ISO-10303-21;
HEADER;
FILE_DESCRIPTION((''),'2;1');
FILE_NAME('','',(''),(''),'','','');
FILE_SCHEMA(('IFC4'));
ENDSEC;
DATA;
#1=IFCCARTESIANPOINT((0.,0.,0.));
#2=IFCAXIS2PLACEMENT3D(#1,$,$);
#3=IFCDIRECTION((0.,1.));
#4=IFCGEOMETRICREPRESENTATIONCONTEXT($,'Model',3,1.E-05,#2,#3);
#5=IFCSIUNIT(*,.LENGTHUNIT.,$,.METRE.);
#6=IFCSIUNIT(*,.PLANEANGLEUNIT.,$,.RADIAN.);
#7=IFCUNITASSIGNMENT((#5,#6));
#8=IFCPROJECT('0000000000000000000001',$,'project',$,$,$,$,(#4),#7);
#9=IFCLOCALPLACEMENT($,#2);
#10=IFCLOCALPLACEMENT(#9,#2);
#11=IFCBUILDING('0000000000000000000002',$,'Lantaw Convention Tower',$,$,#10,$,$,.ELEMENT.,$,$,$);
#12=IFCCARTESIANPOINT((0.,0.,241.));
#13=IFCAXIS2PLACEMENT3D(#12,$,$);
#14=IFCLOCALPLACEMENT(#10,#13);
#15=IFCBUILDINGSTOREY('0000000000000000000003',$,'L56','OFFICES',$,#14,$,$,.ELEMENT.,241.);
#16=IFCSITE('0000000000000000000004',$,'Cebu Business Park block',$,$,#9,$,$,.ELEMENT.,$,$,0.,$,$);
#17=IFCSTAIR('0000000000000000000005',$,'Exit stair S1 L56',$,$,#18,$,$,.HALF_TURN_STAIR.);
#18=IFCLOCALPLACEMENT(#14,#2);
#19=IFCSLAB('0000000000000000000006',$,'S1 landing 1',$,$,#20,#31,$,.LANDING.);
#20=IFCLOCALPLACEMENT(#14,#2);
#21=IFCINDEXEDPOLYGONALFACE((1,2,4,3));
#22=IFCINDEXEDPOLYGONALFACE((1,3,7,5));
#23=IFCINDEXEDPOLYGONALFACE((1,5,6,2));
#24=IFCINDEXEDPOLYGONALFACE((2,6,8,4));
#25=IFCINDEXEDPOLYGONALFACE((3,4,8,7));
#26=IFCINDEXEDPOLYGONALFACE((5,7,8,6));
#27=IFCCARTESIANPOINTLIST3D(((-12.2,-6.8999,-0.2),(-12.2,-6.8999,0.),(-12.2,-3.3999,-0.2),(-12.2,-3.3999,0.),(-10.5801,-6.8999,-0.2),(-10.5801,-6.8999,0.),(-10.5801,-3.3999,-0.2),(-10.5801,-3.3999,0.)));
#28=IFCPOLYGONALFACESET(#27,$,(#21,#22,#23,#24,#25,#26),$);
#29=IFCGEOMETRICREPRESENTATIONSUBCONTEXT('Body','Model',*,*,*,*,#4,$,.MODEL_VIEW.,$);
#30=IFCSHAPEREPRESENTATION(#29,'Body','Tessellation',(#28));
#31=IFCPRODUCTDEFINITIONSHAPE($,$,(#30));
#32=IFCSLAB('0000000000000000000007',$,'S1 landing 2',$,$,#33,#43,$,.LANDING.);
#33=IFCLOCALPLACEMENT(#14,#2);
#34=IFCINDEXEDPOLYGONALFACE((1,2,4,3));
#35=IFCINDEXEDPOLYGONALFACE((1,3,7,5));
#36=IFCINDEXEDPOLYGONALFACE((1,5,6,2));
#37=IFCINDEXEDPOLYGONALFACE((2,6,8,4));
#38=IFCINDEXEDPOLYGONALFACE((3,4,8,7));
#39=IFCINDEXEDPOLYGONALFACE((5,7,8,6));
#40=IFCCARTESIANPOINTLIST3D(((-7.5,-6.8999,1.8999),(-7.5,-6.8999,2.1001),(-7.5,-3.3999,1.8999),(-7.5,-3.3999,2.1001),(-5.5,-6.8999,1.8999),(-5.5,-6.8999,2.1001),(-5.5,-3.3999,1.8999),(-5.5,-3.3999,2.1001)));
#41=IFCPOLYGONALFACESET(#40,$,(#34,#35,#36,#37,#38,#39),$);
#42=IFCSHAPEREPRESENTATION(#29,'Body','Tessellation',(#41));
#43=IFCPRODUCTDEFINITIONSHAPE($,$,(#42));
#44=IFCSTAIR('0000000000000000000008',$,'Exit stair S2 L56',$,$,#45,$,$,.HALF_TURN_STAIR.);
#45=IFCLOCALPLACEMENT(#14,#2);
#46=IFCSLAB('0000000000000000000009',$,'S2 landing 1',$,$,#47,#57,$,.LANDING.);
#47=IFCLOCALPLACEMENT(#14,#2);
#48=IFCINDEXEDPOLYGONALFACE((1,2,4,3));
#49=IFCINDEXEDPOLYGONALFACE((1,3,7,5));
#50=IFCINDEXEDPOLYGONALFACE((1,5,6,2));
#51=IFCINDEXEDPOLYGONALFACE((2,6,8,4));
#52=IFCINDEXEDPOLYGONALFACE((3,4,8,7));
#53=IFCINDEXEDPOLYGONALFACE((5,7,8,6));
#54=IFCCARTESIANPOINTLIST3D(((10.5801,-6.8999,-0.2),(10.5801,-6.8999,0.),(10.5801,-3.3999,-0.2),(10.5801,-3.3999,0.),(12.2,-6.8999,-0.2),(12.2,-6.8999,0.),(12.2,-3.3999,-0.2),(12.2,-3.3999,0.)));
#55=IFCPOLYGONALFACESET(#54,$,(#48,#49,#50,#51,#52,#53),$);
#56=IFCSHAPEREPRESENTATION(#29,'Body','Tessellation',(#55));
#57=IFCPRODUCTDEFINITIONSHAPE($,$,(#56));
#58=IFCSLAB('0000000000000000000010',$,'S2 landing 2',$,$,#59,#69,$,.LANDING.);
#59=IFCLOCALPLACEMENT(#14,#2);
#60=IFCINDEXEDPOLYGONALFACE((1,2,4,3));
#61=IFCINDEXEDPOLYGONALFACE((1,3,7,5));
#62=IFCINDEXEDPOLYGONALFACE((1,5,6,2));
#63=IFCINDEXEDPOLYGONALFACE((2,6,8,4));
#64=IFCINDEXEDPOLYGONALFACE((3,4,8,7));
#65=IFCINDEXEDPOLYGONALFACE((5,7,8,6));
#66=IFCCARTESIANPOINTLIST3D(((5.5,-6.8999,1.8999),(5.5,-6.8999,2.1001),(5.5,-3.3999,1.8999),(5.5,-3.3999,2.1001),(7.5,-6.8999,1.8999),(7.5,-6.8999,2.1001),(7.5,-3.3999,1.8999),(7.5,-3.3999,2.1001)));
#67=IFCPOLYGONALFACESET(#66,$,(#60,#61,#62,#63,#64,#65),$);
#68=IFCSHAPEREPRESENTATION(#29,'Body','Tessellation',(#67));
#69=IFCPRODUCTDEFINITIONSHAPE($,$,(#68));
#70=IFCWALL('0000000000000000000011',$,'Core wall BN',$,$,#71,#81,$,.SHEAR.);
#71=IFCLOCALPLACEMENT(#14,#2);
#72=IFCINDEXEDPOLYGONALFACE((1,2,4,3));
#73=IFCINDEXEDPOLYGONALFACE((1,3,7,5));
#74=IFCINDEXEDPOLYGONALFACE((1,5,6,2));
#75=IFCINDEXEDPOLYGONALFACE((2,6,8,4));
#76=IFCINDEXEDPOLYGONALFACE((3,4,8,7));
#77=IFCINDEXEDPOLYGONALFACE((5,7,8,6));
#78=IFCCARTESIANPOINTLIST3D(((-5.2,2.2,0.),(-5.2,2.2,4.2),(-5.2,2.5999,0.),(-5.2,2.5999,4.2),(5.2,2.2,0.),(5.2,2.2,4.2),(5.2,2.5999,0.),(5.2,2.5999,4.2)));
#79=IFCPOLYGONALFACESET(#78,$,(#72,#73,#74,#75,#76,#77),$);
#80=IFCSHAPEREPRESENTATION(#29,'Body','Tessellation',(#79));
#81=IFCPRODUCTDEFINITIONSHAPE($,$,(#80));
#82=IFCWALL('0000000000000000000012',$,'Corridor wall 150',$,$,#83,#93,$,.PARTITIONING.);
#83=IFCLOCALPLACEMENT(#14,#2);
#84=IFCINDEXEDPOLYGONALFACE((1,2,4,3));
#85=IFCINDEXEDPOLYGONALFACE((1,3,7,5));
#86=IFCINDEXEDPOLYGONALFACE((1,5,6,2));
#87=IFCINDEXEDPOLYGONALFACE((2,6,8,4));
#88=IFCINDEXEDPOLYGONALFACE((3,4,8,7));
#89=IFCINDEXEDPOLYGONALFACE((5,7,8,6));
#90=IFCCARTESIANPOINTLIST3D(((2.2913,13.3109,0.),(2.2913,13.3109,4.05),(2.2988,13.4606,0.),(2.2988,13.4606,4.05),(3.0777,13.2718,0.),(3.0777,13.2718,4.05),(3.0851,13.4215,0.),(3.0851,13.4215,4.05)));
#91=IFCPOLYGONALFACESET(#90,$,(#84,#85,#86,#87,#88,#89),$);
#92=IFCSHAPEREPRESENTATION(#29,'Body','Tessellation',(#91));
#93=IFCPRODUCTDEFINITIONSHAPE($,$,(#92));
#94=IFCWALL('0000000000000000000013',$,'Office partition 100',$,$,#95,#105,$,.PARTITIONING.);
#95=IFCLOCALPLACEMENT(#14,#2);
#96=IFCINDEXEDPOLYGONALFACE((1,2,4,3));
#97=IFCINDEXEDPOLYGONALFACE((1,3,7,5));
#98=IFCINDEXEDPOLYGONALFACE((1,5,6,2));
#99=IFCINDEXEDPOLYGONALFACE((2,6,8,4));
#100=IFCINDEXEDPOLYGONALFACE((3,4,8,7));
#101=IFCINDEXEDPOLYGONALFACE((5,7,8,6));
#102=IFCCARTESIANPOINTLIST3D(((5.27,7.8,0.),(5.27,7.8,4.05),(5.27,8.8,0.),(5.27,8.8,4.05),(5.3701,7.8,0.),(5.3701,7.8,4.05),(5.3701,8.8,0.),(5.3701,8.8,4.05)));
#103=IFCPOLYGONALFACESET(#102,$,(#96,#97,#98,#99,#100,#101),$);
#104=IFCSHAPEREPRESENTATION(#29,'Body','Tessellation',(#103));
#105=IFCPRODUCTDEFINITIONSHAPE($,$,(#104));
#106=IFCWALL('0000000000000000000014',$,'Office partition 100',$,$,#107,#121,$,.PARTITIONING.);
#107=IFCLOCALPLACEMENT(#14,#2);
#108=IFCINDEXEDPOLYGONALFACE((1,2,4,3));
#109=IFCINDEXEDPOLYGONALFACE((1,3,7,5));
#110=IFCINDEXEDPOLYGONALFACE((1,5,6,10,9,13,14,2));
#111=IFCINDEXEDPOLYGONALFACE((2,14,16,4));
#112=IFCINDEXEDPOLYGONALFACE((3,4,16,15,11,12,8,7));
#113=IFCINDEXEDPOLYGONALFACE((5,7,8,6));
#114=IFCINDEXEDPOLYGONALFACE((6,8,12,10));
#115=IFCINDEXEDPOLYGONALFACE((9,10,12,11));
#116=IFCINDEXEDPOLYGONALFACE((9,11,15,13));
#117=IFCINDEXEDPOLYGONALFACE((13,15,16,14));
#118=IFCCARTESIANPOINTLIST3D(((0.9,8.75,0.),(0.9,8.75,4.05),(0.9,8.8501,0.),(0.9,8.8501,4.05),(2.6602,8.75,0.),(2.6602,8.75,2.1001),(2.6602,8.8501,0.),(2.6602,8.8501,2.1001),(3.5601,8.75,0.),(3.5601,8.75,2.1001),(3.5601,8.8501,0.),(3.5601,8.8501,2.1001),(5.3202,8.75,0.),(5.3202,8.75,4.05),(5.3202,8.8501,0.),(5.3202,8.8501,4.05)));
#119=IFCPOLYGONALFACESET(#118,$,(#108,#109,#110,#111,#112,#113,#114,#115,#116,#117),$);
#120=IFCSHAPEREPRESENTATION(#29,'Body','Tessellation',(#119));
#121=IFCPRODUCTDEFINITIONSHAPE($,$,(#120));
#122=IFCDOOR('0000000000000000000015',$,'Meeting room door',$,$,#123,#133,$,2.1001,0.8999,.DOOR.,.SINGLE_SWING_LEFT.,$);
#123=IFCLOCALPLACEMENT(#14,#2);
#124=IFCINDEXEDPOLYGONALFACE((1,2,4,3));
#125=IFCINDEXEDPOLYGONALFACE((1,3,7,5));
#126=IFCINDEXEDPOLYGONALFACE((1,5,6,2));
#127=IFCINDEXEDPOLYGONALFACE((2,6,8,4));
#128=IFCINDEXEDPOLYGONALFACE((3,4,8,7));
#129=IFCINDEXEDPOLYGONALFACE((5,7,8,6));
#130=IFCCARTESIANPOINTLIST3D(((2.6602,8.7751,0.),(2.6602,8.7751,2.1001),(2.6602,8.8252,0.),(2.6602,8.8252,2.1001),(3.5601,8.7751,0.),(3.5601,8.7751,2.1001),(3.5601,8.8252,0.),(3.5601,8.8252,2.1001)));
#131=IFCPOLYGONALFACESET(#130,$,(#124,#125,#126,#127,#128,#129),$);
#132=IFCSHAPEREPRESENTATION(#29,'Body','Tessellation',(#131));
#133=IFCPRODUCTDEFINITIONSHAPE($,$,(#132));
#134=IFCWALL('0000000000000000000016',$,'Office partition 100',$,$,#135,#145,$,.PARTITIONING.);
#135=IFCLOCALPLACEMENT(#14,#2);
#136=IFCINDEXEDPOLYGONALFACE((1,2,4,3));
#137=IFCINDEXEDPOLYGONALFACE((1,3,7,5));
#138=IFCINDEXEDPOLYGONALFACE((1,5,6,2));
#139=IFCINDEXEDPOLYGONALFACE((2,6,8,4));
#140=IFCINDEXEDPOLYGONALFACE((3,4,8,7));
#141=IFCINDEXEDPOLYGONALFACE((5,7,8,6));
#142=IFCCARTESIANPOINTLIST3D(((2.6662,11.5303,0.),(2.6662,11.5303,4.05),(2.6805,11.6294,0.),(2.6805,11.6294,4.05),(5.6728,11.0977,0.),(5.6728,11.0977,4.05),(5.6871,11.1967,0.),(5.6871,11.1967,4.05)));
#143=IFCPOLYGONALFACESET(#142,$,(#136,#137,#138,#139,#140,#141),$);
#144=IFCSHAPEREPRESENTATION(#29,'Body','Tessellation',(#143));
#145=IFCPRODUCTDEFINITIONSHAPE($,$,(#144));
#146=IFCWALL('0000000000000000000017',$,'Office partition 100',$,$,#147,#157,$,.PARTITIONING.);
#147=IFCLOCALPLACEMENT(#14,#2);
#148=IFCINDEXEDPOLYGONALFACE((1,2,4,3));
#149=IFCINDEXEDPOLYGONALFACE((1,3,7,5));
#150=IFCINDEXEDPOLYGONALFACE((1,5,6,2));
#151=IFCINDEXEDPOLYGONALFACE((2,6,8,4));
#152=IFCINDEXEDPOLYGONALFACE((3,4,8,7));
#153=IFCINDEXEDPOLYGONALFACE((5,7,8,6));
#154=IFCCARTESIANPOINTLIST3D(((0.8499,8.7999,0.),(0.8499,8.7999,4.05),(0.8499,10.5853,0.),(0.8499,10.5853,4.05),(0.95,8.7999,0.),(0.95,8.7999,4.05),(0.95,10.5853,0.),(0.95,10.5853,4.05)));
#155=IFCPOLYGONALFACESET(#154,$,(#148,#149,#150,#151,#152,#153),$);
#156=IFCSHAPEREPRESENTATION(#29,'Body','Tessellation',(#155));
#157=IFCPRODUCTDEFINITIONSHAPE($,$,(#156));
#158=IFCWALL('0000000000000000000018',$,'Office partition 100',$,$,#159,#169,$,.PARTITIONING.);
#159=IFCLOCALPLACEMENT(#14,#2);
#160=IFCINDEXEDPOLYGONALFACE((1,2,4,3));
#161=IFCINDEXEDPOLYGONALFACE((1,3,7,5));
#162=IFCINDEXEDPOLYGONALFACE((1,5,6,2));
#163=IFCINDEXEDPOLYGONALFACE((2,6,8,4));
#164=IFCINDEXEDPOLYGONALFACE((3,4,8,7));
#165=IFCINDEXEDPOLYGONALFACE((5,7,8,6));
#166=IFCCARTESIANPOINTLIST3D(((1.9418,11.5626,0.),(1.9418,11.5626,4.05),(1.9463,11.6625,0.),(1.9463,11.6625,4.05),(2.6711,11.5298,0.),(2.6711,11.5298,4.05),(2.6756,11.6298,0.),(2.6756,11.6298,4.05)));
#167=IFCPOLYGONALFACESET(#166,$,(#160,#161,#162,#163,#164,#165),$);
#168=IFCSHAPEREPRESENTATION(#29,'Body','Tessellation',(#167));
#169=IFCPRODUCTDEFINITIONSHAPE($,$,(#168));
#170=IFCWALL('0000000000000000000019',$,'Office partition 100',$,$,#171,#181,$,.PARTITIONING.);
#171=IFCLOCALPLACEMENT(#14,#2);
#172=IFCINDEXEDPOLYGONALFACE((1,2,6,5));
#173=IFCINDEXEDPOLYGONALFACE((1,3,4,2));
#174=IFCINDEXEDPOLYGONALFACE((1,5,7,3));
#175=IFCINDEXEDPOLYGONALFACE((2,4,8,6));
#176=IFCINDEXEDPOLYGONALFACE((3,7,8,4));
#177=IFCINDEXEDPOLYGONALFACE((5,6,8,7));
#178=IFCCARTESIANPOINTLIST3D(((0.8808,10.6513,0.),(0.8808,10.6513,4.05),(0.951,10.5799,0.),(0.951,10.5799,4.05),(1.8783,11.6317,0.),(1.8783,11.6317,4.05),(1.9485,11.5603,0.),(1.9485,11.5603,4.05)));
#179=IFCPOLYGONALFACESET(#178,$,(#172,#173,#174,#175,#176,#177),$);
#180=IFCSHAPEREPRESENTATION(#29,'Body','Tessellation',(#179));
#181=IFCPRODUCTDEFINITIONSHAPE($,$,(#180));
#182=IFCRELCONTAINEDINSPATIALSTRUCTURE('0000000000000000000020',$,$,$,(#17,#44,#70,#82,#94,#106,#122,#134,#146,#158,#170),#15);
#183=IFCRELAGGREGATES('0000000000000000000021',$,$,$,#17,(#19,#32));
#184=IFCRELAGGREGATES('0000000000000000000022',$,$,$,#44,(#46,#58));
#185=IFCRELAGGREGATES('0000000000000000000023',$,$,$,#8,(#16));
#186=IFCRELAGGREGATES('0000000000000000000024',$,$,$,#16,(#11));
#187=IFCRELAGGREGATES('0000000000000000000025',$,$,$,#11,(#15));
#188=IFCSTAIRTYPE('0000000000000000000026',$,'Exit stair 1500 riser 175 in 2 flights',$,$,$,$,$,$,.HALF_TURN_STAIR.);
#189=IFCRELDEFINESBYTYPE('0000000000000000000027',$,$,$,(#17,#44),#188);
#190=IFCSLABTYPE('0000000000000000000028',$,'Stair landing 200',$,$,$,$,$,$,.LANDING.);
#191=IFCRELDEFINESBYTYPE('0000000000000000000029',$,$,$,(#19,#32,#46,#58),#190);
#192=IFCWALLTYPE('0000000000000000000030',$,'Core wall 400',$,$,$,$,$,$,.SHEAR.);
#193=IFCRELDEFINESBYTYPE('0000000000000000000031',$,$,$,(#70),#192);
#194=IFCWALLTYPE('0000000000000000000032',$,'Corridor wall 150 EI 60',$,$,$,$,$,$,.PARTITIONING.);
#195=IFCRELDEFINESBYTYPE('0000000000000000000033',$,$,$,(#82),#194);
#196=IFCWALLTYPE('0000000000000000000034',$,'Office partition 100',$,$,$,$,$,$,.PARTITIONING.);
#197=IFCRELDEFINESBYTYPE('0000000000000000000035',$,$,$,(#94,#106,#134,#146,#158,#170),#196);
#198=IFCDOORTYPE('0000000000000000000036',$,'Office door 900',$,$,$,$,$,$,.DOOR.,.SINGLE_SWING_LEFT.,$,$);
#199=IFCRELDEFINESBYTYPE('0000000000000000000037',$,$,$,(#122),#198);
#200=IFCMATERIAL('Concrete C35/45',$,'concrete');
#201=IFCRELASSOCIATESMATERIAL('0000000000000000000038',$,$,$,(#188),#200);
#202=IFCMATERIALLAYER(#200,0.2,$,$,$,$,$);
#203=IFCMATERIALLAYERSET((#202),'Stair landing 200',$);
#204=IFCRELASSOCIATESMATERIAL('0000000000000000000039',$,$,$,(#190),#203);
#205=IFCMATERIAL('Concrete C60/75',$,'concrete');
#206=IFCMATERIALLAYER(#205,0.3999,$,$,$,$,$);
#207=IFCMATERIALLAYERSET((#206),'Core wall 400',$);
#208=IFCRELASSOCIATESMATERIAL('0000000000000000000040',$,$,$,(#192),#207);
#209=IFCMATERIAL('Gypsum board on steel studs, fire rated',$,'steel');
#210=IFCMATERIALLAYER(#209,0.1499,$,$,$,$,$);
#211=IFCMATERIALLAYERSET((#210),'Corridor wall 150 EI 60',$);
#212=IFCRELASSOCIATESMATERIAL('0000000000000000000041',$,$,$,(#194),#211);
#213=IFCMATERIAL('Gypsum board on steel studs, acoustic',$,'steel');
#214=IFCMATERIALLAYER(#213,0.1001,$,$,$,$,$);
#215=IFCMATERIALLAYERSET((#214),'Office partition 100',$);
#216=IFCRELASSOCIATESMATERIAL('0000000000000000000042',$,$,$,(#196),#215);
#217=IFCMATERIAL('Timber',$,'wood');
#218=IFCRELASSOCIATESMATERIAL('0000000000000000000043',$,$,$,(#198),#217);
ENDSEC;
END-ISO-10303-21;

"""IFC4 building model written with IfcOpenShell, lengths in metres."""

from ifc_helpers import new_model, si_unit, direction, frame, frame_2d, origin, place, context, subcontext, project, spatial, polyline, rectangle, outline, extrude, material, layer, layer_set, type_object, element, fill, aggregate, save


model = new_model("IFC4")

# Units and contexts
model_context = context("Model", 3, precision=1e-05, world=origin(), true_north=direction((0.0, 1.0)))
body_context = subcontext(model_context, "Body", "Model", "MODEL_VIEW")
ifc_project = project(units=[si_unit("LENGTHUNIT", "METRE"), si_unit("PLANEANGLEUNIT", "RADIAN")], contexts=[model_context])

# Site, building, storey
site_placement = place(None, origin())
site = spatial("IfcSite", under=ifc_project, at=site_placement, Name="Cebu Business Park block", CompositionType="ELEMENT", RefElevation=0.0)
building_placement = place(site_placement, origin())
building = spatial("IfcBuilding", under=site, at=building_placement, Name="Lantaw Convention Tower", CompositionType="ELEMENT")
storey_placement = place(building_placement, frame((0.0, 0.0, 241.0)))
storey = spatial("IfcBuildingStorey", under=building, at=storey_placement, Name="L56", Description="OFFICES", CompositionType="ELEMENT", Elevation=241.0)

# Stairs, slabs
ifc_material_1 = material(Name="Concrete C35/45", Category="concrete")
stair_type = type_object("IfcStairType", Name="Exit stair 1500 riser 175 in 2 flights", PredefinedType="HALF_TURN_STAIR", material=ifc_material_1)
stair_1_placement = place(storey_placement, origin())
stair_1 = element("IfcStair", 1, at=stair_1_placement, inside=storey, type_object=stair_type, Name="Exit stair S1 L56", PredefinedType="HALF_TURN_STAIR")
ifc_layer_1 = layer(ifc_material_1, 0.2)
ifc_layer_set_1 = layer_set([ifc_layer_1], Name="Stair landing 200")
slab_type = type_object("IfcSlabType", Name="Stair landing 200", PredefinedType="LANDING", material=ifc_layer_set_1)
slab_1_placement = place(storey_placement, frame((0.0, 0.0, -0.2)))
slab_1 = element("IfcSlab", 2, at=slab_1_placement, type_object=slab_type, Name="S1 landing 1", PredefinedType="LANDING", context=body_context, shape_type="SweptSolid", body=[
    extrude(outline(polyline([(-12.2, -6.8999), (-10.5801, -6.8999), (-10.5801, -3.3999), (-12.2, -3.3999), (-12.2, -6.8999)])), origin(), (0.0, 0.0, 1.0), 0.2),
])
slab_2_placement = place(storey_placement, frame((0.0, 0.0, 1.8999)))
slab_2 = element("IfcSlab", 3, at=slab_2_placement, type_object=slab_type, Name="S1 landing 2", PredefinedType="LANDING", context=body_context, shape_type="SweptSolid", body=[
    extrude(outline(polyline([(-7.5, -6.8999), (-5.5, -6.8999), (-5.5, -3.3999), (-7.5, -3.3999), (-7.5, -6.8999)])), origin(), (0.0, 0.0, 1.0), 0.2002),
])
aggregate(stair_1, [slab_1, slab_2])
stair_2_placement = place(storey_placement, origin())
stair_2 = element("IfcStair", 4, at=stair_2_placement, inside=storey, type_object=stair_type, Name="Exit stair S2 L56", PredefinedType="HALF_TURN_STAIR")
slab_3_placement = place(storey_placement, frame((0.0, 0.0, -0.2)))
slab_3 = element("IfcSlab", 5, at=slab_3_placement, type_object=slab_type, Name="S2 landing 1", PredefinedType="LANDING", context=body_context, shape_type="SweptSolid", body=[
    extrude(outline(polyline([(10.5801, -6.8999), (12.2, -6.8999), (12.2, -3.3999), (10.5801, -3.3999), (10.5801, -6.8999)])), origin(), (0.0, 0.0, 1.0), 0.2),
])
slab_4_placement = place(storey_placement, frame((0.0, 0.0, 1.8999)))
slab_4 = element("IfcSlab", 6, at=slab_4_placement, type_object=slab_type, Name="S2 landing 2", PredefinedType="LANDING", context=body_context, shape_type="SweptSolid", body=[
    extrude(outline(polyline([(5.5, -6.8999), (7.5, -6.8999), (7.5, -3.3999), (5.5, -3.3999), (5.5, -6.8999)])), origin(), (0.0, 0.0, 1.0), 0.2002),
])
aggregate(stair_2, [slab_3, slab_4])

# Walls
ifc_material_2 = material(Name="Concrete C60/75", Category="concrete")
ifc_layer_2 = layer(ifc_material_2, 0.3999)
ifc_layer_set_2 = layer_set([ifc_layer_2], Name="Core wall 400")
wall_type_1 = type_object("IfcWallType", Name="Core wall 400", PredefinedType="SHEAR", material=ifc_layer_set_2)
wall_1_placement = place(storey_placement, frame((5.2, 2.3999, 0.0), z_axis=(0.0, 0.0, 1.0), x_axis=(-1.0, 0.0, 0.0)))
element("IfcWall", 7, at=wall_1_placement, inside=storey, type_object=wall_type_1, Name="Core wall BN", PredefinedType="SHEAR", context=body_context, shape_type="SweptSolid", body=[
    extrude(rectangle(XDim=10.3999, YDim=0.3999, at=frame_2d((5.2, 0.0))), origin(), (0.0, 0.0, 1.0), 4.2),
])
ifc_material_3 = material(Name="Gypsum board on steel studs, fire rated", Category="steel")
ifc_layer_3 = layer(ifc_material_3, 0.1499)
ifc_layer_set_3 = layer_set([ifc_layer_3], Name="Corridor wall 150 EI 60")
wall_type_2 = type_object("IfcWallType", Name="Corridor wall 150 EI 60", PredefinedType="PARTITIONING", material=ifc_layer_set_3)
wall_2_placement = place(storey_placement, frame((3.0813, 13.3467, 0.0), z_axis=(0.0, 0.0, 1.0), x_axis=(-0.998769, 0.049613, 0.0)))
element("IfcWall", 8, at=wall_2_placement, inside=storey, type_object=wall_type_2, Name="Corridor wall 150", PredefinedType="PARTITIONING", context=body_context, shape_type="SweptSolid", body=[
    extrude(rectangle(XDim=0.7874, YDim=0.1499, at=frame_2d((0.3936, 0.0))), origin(), (0.0, 0.0, 1.0), 4.05),
])
ifc_material_4 = material(Name="Gypsum board on steel studs, acoustic", Category="steel")
ifc_layer_4 = layer(ifc_material_4, 0.1001)
ifc_layer_set_4 = layer_set([ifc_layer_4], Name="Office partition 100")
wall_type_3 = type_object("IfcWallType", Name="Office partition 100", PredefinedType="PARTITIONING", material=ifc_layer_set_4)
wall_3_placement = place(storey_placement, frame((5.3201, 7.8, 0.0), z_axis=(0.0, 0.0, 1.0), x_axis=(0.0, 1.0, 0.0)))
element("IfcWall", 9, at=wall_3_placement, inside=storey, type_object=wall_type_3, Name="Office partition 100", PredefinedType="PARTITIONING", context=body_context, shape_type="SweptSolid", body=[
    extrude(rectangle(XDim=1.0, YDim=0.1001, at=frame_2d((0.5, 0.0))), origin(), (0.0, 0.0, 1.0), 4.05),
])

# Wall, opening, door
wall_4_placement = place(storey_placement, frame((5.3201, 8.8, 0.0), z_axis=(0.0, 0.0, 1.0), x_axis=(-1.0, 0.0, 0.0)))
wall_4 = element("IfcWall", 10, at=wall_4_placement, inside=storey, type_object=wall_type_3, Name="Office partition 100", PredefinedType="PARTITIONING", context=body_context, shape_type="SweptSolid", body=[
    extrude(rectangle(XDim=4.4202, YDim=0.1001, at=frame_2d((2.21, 0.0))), origin(), (0.0, 0.0, 1.0), 4.05),
])
opening_placement = place(wall_4_placement, frame((1.76, 0.0, 0.0)))
opening = element("IfcOpeningElement", 11, at=opening_placement, cuts=wall_4, PredefinedType="OPENING", context=body_context, shape_type="SweptSolid", body=[
    extrude(rectangle(XDim=0.8999, YDim=2.1001, at=frame_2d((0.45, 1.05))), frame((0.0, 0.0601, 0.0), z_axis=(0.0, -1.0, 0.0), x_axis=(1.0, 0.0, 0.0)), (0.0, 0.0, 1.0), 0.1201),
])
ifc_material_5 = material(Name="Timber", Category="wood")
door_type = type_object("IfcDoorType", Name="Office door 900", OperationType="SINGLE_SWING_LEFT", PredefinedType="DOOR", material=ifc_material_5)
door_placement = place(opening_placement, origin())
door = element("IfcDoor", 12, at=door_placement, inside=storey, type_object=door_type, Name="Meeting room door", OperationType="SINGLE_SWING_LEFT", OverallHeight=2.1001, OverallWidth=0.8999, PredefinedType="DOOR", context=body_context, shape_type="SweptSolid", body=[
    extrude(rectangle(XDim=0.8999, YDim=2.1001, at=frame_2d((0.45, 1.05))), frame((0.0, 0.0249, 0.0), z_axis=(0.0, -1.0, 0.0), x_axis=(1.0, 0.0, 0.0)), (0.0, 0.0, 1.0), 0.05),
])
fill(opening, door)

# Walls
wall_5_placement = place(storey_placement, frame((2.6733, 11.5798, 0.0), z_axis=(0.0, 0.0, 1.0), x_axis=(0.989806, -0.142423, 0.0)))
element("IfcWall", 13, at=wall_5_placement, inside=storey, type_object=wall_type_3, Name="Office partition 100", PredefinedType="PARTITIONING", context=body_context, shape_type="SweptSolid", body=[
    extrude(rectangle(XDim=3.0376, YDim=0.1001, at=frame_2d((1.5188, 0.0))), origin(), (0.0, 0.0, 1.0), 4.05),
])
wall_6_placement = place(storey_placement, frame((0.8999, 8.8, 0.0), z_axis=(0.0, 0.0, 1.0), x_axis=(0.0, 1.0, 0.0)))
element("IfcWall", 14, at=wall_6_placement, inside=storey, type_object=wall_type_3, Name="Office partition 100", PredefinedType="PARTITIONING", context=body_context, shape_type="SweptSolid", body=[
    extrude(rectangle(XDim=1.7854, YDim=0.1001, at=frame_2d((0.8926, 0.0))), origin(), (0.0, 0.0, 1.0), 4.05),
])
wall_7_placement = place(storey_placement, frame((1.9441, 11.6125, 0.0), z_axis=(0.0, 0.0, 1.0), x_axis=(0.998995, -0.044816, 0.0)))
element("IfcWall", 15, at=wall_7_placement, inside=storey, type_object=wall_type_3, Name="Office partition 100", PredefinedType="PARTITIONING", context=body_context, shape_type="SweptSolid", body=[
    extrude(rectangle(XDim=0.73, YDim=0.1001, at=frame_2d((0.365, 0.0))), origin(), (0.0, 0.0, 1.0), 4.05),
])
wall_8_placement = place(storey_placement, frame((1.9133, 11.5959, 0.0), z_axis=(0.0, 0.0, 1.0), x_axis=(-0.713189, -0.700971, 0.0)))
element("IfcWall", 16, at=wall_8_placement, inside=storey, type_object=wall_type_3, Name="Office partition 100", PredefinedType="PARTITIONING", context=body_context, shape_type="SweptSolid", body=[
    extrude(rectangle(XDim=1.3987, YDim=0.1001, at=frame_2d((0.6992, 0.0))), origin(), (0.0, 0.0, 1.0), 4.05),
])

save(model, "model.ifc")
